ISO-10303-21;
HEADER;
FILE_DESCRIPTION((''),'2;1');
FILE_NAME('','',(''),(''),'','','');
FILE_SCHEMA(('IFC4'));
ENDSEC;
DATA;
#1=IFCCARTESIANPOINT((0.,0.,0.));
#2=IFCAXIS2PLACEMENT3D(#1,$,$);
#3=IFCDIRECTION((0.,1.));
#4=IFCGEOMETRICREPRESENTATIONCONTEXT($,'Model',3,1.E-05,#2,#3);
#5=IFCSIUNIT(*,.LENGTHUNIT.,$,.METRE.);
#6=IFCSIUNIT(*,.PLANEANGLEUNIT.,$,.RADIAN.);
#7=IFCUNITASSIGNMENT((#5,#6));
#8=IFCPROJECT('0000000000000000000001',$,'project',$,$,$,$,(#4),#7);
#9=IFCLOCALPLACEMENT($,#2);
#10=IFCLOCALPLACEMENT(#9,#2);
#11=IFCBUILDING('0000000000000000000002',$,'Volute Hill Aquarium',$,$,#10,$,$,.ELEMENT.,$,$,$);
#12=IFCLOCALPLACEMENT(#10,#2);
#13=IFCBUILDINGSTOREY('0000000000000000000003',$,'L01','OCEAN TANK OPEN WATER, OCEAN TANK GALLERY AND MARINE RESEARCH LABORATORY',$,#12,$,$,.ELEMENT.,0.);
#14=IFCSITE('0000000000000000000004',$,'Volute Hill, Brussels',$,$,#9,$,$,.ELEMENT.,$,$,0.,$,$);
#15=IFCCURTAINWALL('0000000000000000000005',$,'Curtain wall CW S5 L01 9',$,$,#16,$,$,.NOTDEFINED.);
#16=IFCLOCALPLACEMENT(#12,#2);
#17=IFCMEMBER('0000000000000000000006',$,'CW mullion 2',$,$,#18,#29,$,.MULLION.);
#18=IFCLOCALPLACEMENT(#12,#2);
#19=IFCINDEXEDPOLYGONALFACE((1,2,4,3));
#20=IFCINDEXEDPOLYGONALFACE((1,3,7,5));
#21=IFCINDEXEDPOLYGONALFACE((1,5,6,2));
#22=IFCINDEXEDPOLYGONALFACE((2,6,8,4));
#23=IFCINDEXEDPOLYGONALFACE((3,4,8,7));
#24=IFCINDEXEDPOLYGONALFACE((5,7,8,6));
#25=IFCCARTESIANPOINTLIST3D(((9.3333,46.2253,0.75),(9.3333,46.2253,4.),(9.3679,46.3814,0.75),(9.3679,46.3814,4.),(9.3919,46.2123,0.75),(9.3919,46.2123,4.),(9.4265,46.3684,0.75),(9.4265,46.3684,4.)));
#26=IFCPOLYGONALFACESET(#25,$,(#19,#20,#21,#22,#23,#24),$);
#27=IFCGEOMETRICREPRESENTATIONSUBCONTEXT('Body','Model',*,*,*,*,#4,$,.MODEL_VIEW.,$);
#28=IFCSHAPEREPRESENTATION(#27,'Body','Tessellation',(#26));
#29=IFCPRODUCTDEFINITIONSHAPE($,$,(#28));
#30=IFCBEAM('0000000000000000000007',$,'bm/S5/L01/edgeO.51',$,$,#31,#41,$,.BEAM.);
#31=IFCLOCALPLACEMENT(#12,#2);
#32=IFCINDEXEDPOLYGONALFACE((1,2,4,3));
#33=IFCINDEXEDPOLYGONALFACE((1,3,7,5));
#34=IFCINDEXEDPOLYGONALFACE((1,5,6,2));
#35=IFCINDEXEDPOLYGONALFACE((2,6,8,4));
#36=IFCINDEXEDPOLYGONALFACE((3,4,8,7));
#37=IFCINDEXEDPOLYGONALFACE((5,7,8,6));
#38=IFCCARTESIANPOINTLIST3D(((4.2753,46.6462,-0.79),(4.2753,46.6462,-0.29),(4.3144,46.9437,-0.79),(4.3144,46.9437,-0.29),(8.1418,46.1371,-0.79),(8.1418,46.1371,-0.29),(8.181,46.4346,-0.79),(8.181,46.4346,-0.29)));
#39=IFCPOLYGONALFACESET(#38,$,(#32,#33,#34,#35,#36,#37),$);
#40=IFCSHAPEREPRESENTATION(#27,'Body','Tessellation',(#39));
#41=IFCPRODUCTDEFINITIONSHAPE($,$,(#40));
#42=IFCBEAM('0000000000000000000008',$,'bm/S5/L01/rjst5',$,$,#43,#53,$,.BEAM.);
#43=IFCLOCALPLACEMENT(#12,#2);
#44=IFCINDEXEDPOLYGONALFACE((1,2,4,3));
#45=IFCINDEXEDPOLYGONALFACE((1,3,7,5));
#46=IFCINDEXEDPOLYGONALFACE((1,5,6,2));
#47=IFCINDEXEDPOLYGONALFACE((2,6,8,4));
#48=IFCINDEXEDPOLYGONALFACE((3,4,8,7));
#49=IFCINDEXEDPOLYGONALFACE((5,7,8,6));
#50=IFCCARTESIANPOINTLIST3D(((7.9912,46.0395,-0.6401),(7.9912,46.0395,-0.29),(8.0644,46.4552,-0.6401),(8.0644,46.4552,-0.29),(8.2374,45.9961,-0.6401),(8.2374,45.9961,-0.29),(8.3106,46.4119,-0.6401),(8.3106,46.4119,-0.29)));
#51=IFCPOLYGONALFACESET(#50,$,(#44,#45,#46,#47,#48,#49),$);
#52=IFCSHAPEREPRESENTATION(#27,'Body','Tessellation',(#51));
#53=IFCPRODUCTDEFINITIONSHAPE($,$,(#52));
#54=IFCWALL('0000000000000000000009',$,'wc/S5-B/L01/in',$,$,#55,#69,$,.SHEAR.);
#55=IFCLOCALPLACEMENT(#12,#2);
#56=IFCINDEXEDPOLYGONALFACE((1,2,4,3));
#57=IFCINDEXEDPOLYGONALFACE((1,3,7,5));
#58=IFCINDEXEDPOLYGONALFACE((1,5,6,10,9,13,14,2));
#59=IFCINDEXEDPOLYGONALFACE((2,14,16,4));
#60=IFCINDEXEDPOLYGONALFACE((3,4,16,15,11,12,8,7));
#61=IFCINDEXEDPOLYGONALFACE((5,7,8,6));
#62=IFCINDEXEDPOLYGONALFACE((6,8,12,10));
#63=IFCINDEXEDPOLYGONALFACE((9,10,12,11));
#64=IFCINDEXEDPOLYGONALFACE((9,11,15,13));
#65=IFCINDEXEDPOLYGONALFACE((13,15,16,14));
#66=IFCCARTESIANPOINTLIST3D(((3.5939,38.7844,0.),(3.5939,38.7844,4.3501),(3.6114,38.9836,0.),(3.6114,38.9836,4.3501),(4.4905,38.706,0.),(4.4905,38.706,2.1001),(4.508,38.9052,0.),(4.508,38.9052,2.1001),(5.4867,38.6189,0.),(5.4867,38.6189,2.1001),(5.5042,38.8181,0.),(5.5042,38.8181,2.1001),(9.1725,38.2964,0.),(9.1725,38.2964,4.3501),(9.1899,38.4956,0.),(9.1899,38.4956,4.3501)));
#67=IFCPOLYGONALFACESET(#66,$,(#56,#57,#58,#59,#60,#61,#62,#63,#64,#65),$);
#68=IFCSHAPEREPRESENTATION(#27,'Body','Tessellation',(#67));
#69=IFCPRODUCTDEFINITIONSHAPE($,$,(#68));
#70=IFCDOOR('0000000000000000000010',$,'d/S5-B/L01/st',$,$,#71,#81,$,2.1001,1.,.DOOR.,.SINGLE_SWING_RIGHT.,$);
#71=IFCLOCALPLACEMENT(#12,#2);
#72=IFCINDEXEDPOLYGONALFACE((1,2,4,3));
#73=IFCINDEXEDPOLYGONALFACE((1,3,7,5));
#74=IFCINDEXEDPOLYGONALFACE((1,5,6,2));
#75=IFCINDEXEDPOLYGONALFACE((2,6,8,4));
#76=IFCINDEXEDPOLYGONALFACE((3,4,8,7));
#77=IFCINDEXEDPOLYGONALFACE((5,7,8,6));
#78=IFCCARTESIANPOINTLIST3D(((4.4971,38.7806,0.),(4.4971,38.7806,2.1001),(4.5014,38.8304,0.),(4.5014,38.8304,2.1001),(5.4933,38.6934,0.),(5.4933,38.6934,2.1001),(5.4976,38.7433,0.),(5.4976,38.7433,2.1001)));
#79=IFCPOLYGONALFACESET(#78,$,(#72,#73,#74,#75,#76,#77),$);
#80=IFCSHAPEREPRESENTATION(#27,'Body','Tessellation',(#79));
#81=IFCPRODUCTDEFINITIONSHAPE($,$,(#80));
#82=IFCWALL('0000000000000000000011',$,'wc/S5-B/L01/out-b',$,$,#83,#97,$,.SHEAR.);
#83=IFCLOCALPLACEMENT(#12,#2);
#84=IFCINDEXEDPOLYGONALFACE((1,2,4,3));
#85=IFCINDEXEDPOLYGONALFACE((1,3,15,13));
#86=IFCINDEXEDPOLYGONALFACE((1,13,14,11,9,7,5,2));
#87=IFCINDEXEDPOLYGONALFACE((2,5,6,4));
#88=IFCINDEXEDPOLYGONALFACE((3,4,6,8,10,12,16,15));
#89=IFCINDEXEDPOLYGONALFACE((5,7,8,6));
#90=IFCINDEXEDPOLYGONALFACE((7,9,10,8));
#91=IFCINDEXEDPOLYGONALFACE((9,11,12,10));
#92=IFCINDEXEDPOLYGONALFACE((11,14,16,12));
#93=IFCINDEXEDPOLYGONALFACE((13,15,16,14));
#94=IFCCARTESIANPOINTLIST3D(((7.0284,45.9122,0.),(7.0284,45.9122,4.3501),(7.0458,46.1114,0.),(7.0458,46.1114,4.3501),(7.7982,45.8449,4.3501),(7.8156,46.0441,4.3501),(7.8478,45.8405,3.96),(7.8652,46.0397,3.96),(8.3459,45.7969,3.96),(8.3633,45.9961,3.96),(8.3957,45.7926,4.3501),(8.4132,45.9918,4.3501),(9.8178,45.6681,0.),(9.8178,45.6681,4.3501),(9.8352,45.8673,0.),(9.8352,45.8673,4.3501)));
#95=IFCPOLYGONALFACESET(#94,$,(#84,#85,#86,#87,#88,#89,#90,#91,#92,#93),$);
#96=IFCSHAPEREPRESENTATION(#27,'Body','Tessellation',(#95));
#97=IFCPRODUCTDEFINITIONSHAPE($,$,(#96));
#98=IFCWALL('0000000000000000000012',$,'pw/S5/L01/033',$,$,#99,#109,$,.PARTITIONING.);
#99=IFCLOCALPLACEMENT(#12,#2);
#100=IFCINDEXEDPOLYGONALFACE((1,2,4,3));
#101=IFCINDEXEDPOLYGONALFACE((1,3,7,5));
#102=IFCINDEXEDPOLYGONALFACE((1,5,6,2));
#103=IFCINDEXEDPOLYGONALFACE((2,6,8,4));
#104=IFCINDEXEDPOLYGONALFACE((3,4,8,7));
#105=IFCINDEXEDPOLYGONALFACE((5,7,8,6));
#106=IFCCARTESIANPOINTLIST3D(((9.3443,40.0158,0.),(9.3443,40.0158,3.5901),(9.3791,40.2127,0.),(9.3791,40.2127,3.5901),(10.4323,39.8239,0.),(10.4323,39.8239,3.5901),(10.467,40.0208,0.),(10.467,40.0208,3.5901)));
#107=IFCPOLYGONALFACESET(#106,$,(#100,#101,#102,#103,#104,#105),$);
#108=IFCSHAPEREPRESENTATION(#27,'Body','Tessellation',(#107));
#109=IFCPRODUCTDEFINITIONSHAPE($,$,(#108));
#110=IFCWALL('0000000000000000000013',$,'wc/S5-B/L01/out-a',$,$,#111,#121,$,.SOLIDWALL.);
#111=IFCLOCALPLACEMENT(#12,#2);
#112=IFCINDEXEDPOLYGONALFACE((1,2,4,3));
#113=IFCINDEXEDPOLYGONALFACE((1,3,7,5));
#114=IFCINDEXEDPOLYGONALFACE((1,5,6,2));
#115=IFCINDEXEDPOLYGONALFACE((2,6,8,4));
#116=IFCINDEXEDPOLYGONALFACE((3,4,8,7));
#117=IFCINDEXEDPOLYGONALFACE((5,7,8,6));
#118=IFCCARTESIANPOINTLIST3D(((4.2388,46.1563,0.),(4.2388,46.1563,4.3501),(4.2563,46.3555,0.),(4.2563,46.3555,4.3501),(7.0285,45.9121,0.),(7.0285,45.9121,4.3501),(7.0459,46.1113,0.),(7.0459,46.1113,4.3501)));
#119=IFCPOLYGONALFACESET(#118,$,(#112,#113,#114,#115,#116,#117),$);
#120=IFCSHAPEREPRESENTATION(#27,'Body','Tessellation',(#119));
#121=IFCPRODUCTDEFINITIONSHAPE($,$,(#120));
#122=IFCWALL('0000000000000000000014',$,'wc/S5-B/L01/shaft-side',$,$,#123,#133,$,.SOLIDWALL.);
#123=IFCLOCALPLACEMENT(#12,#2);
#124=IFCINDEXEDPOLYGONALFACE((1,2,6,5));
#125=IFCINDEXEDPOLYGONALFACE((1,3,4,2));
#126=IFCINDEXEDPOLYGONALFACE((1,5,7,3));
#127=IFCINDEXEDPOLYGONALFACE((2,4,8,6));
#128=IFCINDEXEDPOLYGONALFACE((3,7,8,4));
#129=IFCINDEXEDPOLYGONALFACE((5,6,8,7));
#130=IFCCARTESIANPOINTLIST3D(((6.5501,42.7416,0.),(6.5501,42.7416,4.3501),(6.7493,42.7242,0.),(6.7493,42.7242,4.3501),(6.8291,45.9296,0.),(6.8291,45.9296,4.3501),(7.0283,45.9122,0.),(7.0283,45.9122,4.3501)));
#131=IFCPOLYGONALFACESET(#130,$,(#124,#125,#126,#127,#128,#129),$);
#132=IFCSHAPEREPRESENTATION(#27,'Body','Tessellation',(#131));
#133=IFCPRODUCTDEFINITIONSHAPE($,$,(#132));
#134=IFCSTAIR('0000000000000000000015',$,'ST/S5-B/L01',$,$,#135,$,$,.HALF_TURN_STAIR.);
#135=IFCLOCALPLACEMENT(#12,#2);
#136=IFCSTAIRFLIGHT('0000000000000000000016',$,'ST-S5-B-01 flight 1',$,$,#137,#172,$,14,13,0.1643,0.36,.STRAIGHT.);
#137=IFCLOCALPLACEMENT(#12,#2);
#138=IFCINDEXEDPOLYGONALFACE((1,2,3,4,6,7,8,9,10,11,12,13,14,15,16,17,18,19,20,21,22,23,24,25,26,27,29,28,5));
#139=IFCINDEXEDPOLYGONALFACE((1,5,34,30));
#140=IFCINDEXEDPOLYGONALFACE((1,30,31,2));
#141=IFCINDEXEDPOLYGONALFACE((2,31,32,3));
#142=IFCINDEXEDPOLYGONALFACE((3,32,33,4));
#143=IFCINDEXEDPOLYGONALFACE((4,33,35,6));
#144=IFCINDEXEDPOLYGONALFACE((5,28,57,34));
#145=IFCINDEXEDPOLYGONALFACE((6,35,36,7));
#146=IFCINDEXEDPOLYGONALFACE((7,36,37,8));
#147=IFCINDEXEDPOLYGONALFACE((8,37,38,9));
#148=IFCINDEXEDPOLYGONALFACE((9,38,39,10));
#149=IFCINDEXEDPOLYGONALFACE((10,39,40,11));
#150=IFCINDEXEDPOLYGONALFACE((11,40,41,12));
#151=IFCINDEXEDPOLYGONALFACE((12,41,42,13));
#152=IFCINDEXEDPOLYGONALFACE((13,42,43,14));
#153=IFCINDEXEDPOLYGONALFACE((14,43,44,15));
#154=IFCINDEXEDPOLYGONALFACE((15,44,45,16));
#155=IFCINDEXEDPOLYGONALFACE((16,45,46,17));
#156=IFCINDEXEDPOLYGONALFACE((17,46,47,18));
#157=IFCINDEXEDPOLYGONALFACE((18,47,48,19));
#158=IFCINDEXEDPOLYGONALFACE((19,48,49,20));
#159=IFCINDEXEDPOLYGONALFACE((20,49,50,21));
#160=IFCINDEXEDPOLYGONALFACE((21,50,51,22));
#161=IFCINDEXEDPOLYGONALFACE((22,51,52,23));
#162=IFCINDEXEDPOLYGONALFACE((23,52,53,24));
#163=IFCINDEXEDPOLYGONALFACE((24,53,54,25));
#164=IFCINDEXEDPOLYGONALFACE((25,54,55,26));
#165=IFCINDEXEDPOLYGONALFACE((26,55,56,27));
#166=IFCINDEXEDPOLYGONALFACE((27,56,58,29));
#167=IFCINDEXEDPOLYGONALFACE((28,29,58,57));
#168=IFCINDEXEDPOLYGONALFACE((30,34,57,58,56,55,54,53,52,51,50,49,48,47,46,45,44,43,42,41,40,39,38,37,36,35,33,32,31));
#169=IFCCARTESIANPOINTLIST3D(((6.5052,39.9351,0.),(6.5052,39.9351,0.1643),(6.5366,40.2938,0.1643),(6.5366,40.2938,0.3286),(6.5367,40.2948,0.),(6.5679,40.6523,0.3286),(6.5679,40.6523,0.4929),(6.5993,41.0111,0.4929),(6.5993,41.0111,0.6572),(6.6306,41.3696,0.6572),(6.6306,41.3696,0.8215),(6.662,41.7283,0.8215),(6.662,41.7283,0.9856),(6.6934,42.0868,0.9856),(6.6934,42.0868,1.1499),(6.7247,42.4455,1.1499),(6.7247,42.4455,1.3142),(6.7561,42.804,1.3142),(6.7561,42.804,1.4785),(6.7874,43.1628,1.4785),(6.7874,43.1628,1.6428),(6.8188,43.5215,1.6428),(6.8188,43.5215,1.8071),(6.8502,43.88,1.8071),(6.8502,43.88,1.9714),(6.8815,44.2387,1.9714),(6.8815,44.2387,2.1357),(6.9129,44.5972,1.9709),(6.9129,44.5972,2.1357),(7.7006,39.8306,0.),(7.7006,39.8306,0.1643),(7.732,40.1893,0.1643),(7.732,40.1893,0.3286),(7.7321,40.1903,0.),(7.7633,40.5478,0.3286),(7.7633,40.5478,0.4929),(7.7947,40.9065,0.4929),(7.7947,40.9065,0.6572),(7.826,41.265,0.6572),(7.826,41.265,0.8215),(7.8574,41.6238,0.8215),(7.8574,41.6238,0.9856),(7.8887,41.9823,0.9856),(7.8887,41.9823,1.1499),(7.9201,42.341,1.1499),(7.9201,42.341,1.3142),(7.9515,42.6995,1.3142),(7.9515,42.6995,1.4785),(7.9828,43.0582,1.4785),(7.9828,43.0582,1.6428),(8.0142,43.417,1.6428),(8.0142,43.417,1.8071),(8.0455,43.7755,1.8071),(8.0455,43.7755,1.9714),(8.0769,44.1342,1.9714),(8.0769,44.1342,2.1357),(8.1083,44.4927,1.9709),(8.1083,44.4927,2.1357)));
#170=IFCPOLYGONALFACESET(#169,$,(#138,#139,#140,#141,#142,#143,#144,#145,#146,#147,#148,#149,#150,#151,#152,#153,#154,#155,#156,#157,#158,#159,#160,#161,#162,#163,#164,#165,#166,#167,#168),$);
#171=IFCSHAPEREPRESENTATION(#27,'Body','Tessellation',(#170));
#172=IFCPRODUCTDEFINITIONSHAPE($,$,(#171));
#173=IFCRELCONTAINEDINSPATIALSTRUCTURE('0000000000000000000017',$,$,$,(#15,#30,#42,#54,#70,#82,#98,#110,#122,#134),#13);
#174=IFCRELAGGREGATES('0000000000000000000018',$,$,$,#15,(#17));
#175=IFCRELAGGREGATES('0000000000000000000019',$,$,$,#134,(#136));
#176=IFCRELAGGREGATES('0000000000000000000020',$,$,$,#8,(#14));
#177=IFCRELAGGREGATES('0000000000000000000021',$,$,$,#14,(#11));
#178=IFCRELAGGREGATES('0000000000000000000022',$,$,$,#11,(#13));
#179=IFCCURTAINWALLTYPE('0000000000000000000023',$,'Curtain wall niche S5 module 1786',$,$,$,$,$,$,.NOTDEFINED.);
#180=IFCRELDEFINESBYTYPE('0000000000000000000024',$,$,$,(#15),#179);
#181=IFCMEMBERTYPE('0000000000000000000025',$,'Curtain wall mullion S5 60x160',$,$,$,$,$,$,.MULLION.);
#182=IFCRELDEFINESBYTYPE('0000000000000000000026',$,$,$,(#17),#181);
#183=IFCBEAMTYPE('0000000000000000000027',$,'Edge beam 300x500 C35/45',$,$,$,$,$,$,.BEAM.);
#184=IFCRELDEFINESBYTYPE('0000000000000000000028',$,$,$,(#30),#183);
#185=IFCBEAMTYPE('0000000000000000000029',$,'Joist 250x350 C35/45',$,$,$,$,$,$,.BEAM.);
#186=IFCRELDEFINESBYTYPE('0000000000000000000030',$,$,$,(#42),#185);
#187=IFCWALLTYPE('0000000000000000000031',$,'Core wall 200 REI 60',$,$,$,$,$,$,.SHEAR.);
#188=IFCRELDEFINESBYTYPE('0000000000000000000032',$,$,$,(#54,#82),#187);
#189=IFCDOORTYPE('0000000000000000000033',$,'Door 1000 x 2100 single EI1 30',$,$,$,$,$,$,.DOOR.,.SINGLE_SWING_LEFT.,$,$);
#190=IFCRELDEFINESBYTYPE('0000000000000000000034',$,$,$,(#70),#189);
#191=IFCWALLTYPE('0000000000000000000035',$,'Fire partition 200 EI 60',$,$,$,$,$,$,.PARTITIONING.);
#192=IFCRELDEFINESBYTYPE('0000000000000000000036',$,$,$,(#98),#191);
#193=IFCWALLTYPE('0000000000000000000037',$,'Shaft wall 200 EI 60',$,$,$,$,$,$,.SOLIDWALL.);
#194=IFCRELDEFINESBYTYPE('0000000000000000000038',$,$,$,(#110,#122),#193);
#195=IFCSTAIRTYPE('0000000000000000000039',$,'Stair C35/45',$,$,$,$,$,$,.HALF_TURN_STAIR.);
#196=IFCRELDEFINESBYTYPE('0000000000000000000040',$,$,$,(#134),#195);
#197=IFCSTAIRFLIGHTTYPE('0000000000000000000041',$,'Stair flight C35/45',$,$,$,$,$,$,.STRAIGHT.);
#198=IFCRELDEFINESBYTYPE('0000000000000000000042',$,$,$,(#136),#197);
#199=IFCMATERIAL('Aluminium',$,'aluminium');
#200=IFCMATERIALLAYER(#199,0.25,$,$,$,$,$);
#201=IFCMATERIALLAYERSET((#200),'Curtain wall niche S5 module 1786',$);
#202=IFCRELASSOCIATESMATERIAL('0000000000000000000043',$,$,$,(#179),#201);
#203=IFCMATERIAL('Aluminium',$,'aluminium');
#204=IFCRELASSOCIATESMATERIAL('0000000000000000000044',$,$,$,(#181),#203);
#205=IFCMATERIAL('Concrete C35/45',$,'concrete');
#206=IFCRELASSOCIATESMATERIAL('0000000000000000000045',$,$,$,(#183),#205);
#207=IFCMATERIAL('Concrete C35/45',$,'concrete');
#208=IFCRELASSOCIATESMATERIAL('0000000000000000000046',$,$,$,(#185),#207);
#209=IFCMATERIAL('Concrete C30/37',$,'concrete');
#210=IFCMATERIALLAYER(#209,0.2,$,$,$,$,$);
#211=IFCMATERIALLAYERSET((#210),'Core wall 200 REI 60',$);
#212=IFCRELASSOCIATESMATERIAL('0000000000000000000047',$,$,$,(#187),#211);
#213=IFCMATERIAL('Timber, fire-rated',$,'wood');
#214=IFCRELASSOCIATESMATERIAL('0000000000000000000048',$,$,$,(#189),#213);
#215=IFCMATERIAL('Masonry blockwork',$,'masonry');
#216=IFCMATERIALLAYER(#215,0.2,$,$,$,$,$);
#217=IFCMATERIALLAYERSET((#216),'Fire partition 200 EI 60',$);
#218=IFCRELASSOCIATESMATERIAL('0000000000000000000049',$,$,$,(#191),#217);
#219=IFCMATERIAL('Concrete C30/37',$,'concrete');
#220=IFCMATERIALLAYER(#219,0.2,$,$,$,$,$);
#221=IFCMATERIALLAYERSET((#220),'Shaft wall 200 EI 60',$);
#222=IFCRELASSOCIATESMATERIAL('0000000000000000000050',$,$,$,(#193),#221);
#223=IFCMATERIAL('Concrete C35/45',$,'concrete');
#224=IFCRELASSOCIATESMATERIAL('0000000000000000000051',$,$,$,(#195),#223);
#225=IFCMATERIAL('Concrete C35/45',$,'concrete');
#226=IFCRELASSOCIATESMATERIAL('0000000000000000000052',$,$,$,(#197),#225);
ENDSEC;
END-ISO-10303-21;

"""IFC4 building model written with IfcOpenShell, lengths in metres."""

from ifc_helpers import new_model, si_unit, direction, frame, frame_2d, origin, origin_2d, place, context, subcontext, project, spatial, polyline, rectangle, outline, extrude, material, layer, layer_set, material_profile, profile_set, type_object, element, fill, aggregate, save


model = new_model("IFC4")

# Units and contexts
model_context = context("Model", 3, precision=1e-05, world=origin(), true_north=direction((0.0, 1.0)))
body_context = subcontext(model_context, "Body", "Model", "MODEL_VIEW")
ifc_project = project(units=[si_unit("LENGTHUNIT", "METRE"), si_unit("PLANEANGLEUNIT", "RADIAN")], contexts=[model_context])

# Site, building, storey
site_placement = place(None, origin())
site = spatial("IfcSite", under=ifc_project, at=site_placement, Name="Volute Hill, Brussels", CompositionType="ELEMENT", RefElevation=0.0)
building_placement = place(site_placement, origin())
building = spatial("IfcBuilding", under=site, at=building_placement, Name="Volute Hill Aquarium", CompositionType="ELEMENT")
storey_placement = place(building_placement, origin())
storey = spatial("IfcBuildingStorey", under=building, at=storey_placement, Name="L01", Description="OCEAN TANK OPEN WATER, OCEAN TANK GALLERY AND MARINE RESEARCH LABORATORY", CompositionType="ELEMENT", Elevation=0.0)

# Curtain wall, member
ifc_material_1 = material(Name="Aluminium", Category="aluminium")
ifc_layer_1 = layer(ifc_material_1, 0.25)
ifc_layer_set_1 = layer_set([ifc_layer_1], Name="Curtain wall niche S5 module 1786")
curtain_wall_type = type_object("IfcCurtainWallType", Name="Curtain wall niche S5 module 1786", PredefinedType="NOTDEFINED", material=ifc_layer_set_1)
curtain_wall_placement = place(storey_placement, origin())
curtain_wall = element("IfcCurtainWall", 1, at=curtain_wall_placement, inside=storey, type_object=curtain_wall_type, Name="Curtain wall CW S5 L01 9", PredefinedType="NOTDEFINED")
ifc_material_2 = material(Name="Aluminium", Category="aluminium")
ifc_material_profile_1 = material_profile(ifc_material_2, rectangle(XDim=0.1599, YDim=0.0601, at=origin_2d()), Name="Curtain wall mullion S5 60x160")
ifc_profile_set_1 = profile_set([ifc_material_profile_1], Name="Aluminium")
member_type = type_object("IfcMemberType", Name="Curtain wall mullion S5 60x160", PredefinedType="MULLION", material=ifc_profile_set_1)
member_placement = place(storey_placement, frame((9.3799, 46.2969, 0.75), z_axis=(0.0, 0.0, 1.0), x_axis=(-0.216422, -0.9763, 0.0)))
member = element("IfcMember", 2, at=member_placement, type_object=member_type, Name="CW mullion 2", PredefinedType="MULLION", context=body_context, shape_type="SweptSolid", body=[
    extrude(rectangle(XDim=0.1599, YDim=0.0601, at=origin_2d()), origin(), (0.0, 0.0, 1.0), 3.25),
])
aggregate(curtain_wall, [member])

# Beams
ifc_material_3 = material(Name="Concrete C35/45", Category="concrete")
ifc_material_profile_2 = material_profile(ifc_material_3, rectangle(XDim=0.3, YDim=0.5, at=origin_2d()), Name="RC edge beam 300x500")
ifc_profile_set_2 = profile_set([ifc_material_profile_2], Name="Concrete C35/45")
beam_type_1 = type_object("IfcBeamType", Name="Edge beam 300x500 C35/45", PredefinedType="BEAM", material=ifc_profile_set_2)
beam_1_placement = place(storey_placement, frame((8.1614, 46.2859, -0.54), z_axis=(-0.991445, 0.130527, 0.0), x_axis=(-0.130527, -0.991445, 0.0)))
element("IfcBeam", 3, at=beam_1_placement, inside=storey, type_object=beam_type_1, Name="bm/S5/L01/edgeO.51", PredefinedType="BEAM", context=body_context, shape_type="SweptSolid", body=[
    extrude(rectangle(XDim=0.3, YDim=0.5, at=origin_2d()), origin(), (0.0, 0.0, 1.0), 3.8999),
])
ifc_material_4 = material(Name="Concrete C35/45", Category="concrete")
ifc_material_profile_3 = material_profile(ifc_material_4, rectangle(XDim=0.25, YDim=0.3501, at=origin_2d()), Name="RC joist 250x350")
ifc_profile_set_3 = profile_set([ifc_material_profile_3], Name="Concrete C35/45")
beam_type_2 = type_object("IfcBeamType", Name="Joist 250x350 C35/45", PredefinedType="BEAM", material=ifc_profile_set_3)
beam_2_placement = place(storey_placement, frame((8.1143, 46.0178, -0.4651), z_axis=(0.173488, 0.984836, 0.0), x_axis=(-0.984836, 0.173488, 0.0)))
element("IfcBeam", 4, at=beam_2_placement, inside=storey, type_object=beam_type_2, Name="bm/S5/L01/rjst5", PredefinedType="BEAM", context=body_context, shape_type="SweptSolid", body=[
    extrude(rectangle(XDim=0.25, YDim=0.3501, at=origin_2d()), origin(), (0.0, 0.0, 1.0), 0.4221),
])

# Wall, opening, door
ifc_material_5 = material(Name="Concrete C30/37", Category="concrete")
ifc_layer_2 = layer(ifc_material_5, 0.2)
ifc_layer_set_2 = layer_set([ifc_layer_2], Name="Core wall 200 REI 60")
wall_type_1 = type_object("IfcWallType", Name="Core wall 200 REI 60", PredefinedType="SHEAR", material=ifc_layer_set_2)
wall_1_placement = place(storey_placement, frame((3.6028, 38.884, 0.0), z_axis=(0.0, 0.0, 1.0), x_axis=(0.996195, -0.087151, 0.0)))
wall_1 = element("IfcWall", 5, at=wall_1_placement, inside=storey, type_object=wall_type_1, Name="wc/S5-B/L01/in", PredefinedType="SHEAR", context=body_context, shape_type="SweptSolid", body=[
    extrude(rectangle(XDim=5.5999, YDim=0.2, at=frame_2d((2.7998, 0.0))), origin(), (0.0, 0.0, 1.0), 4.3501),
])
opening_1_placement = place(wall_1_placement, frame((0.8999, 0.0, 0.0)))
opening_1 = element("IfcOpeningElement", 6, at=opening_1_placement, cuts=wall_1, PredefinedType="OPENING", context=body_context, shape_type="SweptSolid", body=[
    extrude(rectangle(XDim=1.0, YDim=2.1001, at=frame_2d((0.5, 1.05))), frame((0.0, 0.1099, 0.0), z_axis=(0.0, -1.0, 0.0), x_axis=(1.0, 0.0, 0.0)), (0.0, 0.0, 1.0), 0.22),
])
ifc_material_6 = material(Name="Timber, fire-rated", Category="wood")
door_type_1 = type_object("IfcDoorType", Name="Door 1000 x 2100 single EI1 30", OperationType="SINGLE_SWING_LEFT", PredefinedType="DOOR", material=ifc_material_6)
door_1_placement = place(opening_1_placement, origin())
door_1 = element("IfcDoor", 7, at=door_1_placement, inside=storey, type_object=door_type_1, Name="d/S5-B/L01/st", OperationType="SINGLE_SWING_RIGHT", OverallHeight=2.1001, OverallWidth=1.0, PredefinedType="DOOR", context=body_context, shape_type="SweptSolid", body=[
    extrude(rectangle(XDim=1.0, YDim=2.1001, at=frame_2d((0.5, 1.05))), frame((0.0, 0.0249, 0.0), z_axis=(0.0, -1.0, 0.0), x_axis=(1.0, 0.0, 0.0)), (0.0, 0.0, 1.0), 0.05),
])
fill(opening_1, door_1)

# Walls
wall_2_placement = place(storey_placement, frame((7.0371, 46.0117, 0.0), z_axis=(0.0, 0.0, 1.0), x_axis=(0.996191, -0.087194, 0.0)))
element("IfcWall", 8, at=wall_2_placement, inside=storey, type_object=wall_type_1, Name="wc/S5-B/L01/out-b", PredefinedType="SHEAR", context=body_context, shape_type="SweptSolid", body=[
    extrude(outline(polyline([(0.0, 0.0), (2.8, 0.0), (2.8, 4.3501), (1.3726, 4.3501), (1.3225, 3.96), (0.8225, 3.96), (0.7727, 4.3501), (0.0, 4.3501), (0.0, 0.0)])), frame((0.0, 0.1001, 0.0), z_axis=(0.0, -1.0, 0.0), x_axis=(1.0, 0.0, 0.0)), (0.0, 0.0, 1.0), 0.2),
])
ifc_material_7 = material(Name="Masonry blockwork", Category="masonry")
ifc_layer_3 = layer(ifc_material_7, 0.2)
ifc_layer_set_3 = layer_set([ifc_layer_3], Name="Fire partition 200 EI 60")
wall_type_2 = type_object("IfcWallType", Name="Fire partition 200 EI 60", PredefinedType="PARTITIONING", material=ifc_layer_set_3)
wall_3_placement = place(storey_placement, frame((9.3618, 40.1143, 0.0), z_axis=(0.0, 0.0, 1.0), x_axis=(0.984797, -0.17371, 0.0)))
element("IfcWall", 9, at=wall_3_placement, inside=storey, type_object=wall_type_2, Name="pw/S5/L01/033", PredefinedType="PARTITIONING", context=body_context, shape_type="SweptSolid", body=[
    extrude(rectangle(XDim=1.1047, YDim=0.2, at=frame_2d((0.5522, 0.0))), origin(), (0.0, 0.0, 1.0), 3.5901),
])
ifc_material_8 = material(Name="Concrete C30/37", Category="concrete")
ifc_layer_4 = layer(ifc_material_8, 0.2)
ifc_layer_set_4 = layer_set([ifc_layer_4], Name="Shaft wall 200 EI 60")
wall_type_3 = type_object("IfcWallType", Name="Shaft wall 200 EI 60", PredefinedType="SOLIDWALL", material=ifc_layer_set_4)
wall_4_placement = place(storey_placement, frame((4.2476, 46.2559, 0.0), z_axis=(0.0, 0.0, 1.0), x_axis=(0.996192, -0.087186, 0.0)))
element("IfcWall", 10, at=wall_4_placement, inside=storey, type_object=wall_type_3, Name="wc/S5-B/L01/out-a", PredefinedType="SOLIDWALL", context=body_context, shape_type="SweptSolid", body=[
    extrude(rectangle(XDim=2.8003, YDim=0.2, at=frame_2d((1.4001, 0.0))), origin(), (0.0, 0.0, 1.0), 4.3501),
])

# Wall
wall_5_placement = place(storey_placement, frame((6.6497, 42.7329, 0.0), z_axis=(0.0, 0.0, 1.0), x_axis=(0.087199, 0.996191, 0.0)))
element("IfcWall", 11, at=wall_5_placement, inside=storey, type_object=wall_type_3, Name="wc/S5-B/L01/shaft-side", PredefinedType="SOLIDWALL", context=body_context, shape_type="SweptSolid", body=[
    extrude(rectangle(XDim=3.2002, YDim=0.2, at=frame_2d((1.6001, 0.0))), origin(), (0.0, 0.0, 1.0), 4.3501),
])

# Stair, stair flight
ifc_material_9 = material(Name="Concrete C35/45", Category="concrete")
stair_type = type_object("IfcStairType", Name="Stair C35/45", PredefinedType="HALF_TURN_STAIR", material=ifc_material_9)
stair_placement = place(storey_placement, origin())
stair = element("IfcStair", 12, at=stair_placement, inside=storey, type_object=stair_type, Name="ST/S5-B/L01", PredefinedType="HALF_TURN_STAIR")
ifc_material_10 = material(Name="Concrete C35/45", Category="concrete")
stair_flight_type = type_object("IfcStairFlightType", Name="Stair flight C35/45", PredefinedType="STRAIGHT", material=ifc_material_10)
stair_flight_1_placement = place(storey_placement, frame((7.103, 39.8828, 0.0), z_axis=(0.0, 0.0, 1.0), x_axis=(0.087109, 0.996199, 0.0)))
stair_flight_1 = element("IfcStairFlight", 13, at=stair_flight_1_placement, type_object=stair_flight_type, Name="ST-S5-B-01 flight 1", NumberOfRisers=14, NumberOfTreads=13, PredefinedType="STRAIGHT", RiserHeight=0.1643, TreadLength=0.36, context=body_context, shape_type="SweptSolid", body=[
    extrude(outline(polyline([(0.0, 0.0), (0.0, 0.1643), (0.3601, 0.1643), (0.3601, 0.3286), (0.72, 0.3286), (0.72, 0.4929), (1.0801, 0.4929), (1.0801, 0.6572), (1.4399, 0.6572), (1.4399, 0.8215), (1.8, 0.8215), (1.8, 0.9856), (2.1599, 0.9856), (2.1599, 1.1499), (2.52, 1.1499), (2.52, 1.3142), (2.8799, 1.3142), (2.8799, 1.4785), (3.24, 1.4785), (3.24, 1.6428), (3.6001, 1.6428), (3.6001, 1.8071), (3.96, 1.8071), (3.96, 1.9714), (4.3201, 1.9714), (4.3201, 2.1357), (4.6799, 2.1357), (4.6799, 2.3), (4.6799, 1.9709), (0.3611, 0.0), (0.0, 0.0)])), frame((0.0, 0.6001, 0.0), z_axis=(0.0, -1.0, 0.0), x_axis=(1.0, 0.0, 0.0)), (0.0, 0.0, 1.0), 1.2),
])
aggregate(stair, [stair_flight_1])

save(model, "model.ifc")
